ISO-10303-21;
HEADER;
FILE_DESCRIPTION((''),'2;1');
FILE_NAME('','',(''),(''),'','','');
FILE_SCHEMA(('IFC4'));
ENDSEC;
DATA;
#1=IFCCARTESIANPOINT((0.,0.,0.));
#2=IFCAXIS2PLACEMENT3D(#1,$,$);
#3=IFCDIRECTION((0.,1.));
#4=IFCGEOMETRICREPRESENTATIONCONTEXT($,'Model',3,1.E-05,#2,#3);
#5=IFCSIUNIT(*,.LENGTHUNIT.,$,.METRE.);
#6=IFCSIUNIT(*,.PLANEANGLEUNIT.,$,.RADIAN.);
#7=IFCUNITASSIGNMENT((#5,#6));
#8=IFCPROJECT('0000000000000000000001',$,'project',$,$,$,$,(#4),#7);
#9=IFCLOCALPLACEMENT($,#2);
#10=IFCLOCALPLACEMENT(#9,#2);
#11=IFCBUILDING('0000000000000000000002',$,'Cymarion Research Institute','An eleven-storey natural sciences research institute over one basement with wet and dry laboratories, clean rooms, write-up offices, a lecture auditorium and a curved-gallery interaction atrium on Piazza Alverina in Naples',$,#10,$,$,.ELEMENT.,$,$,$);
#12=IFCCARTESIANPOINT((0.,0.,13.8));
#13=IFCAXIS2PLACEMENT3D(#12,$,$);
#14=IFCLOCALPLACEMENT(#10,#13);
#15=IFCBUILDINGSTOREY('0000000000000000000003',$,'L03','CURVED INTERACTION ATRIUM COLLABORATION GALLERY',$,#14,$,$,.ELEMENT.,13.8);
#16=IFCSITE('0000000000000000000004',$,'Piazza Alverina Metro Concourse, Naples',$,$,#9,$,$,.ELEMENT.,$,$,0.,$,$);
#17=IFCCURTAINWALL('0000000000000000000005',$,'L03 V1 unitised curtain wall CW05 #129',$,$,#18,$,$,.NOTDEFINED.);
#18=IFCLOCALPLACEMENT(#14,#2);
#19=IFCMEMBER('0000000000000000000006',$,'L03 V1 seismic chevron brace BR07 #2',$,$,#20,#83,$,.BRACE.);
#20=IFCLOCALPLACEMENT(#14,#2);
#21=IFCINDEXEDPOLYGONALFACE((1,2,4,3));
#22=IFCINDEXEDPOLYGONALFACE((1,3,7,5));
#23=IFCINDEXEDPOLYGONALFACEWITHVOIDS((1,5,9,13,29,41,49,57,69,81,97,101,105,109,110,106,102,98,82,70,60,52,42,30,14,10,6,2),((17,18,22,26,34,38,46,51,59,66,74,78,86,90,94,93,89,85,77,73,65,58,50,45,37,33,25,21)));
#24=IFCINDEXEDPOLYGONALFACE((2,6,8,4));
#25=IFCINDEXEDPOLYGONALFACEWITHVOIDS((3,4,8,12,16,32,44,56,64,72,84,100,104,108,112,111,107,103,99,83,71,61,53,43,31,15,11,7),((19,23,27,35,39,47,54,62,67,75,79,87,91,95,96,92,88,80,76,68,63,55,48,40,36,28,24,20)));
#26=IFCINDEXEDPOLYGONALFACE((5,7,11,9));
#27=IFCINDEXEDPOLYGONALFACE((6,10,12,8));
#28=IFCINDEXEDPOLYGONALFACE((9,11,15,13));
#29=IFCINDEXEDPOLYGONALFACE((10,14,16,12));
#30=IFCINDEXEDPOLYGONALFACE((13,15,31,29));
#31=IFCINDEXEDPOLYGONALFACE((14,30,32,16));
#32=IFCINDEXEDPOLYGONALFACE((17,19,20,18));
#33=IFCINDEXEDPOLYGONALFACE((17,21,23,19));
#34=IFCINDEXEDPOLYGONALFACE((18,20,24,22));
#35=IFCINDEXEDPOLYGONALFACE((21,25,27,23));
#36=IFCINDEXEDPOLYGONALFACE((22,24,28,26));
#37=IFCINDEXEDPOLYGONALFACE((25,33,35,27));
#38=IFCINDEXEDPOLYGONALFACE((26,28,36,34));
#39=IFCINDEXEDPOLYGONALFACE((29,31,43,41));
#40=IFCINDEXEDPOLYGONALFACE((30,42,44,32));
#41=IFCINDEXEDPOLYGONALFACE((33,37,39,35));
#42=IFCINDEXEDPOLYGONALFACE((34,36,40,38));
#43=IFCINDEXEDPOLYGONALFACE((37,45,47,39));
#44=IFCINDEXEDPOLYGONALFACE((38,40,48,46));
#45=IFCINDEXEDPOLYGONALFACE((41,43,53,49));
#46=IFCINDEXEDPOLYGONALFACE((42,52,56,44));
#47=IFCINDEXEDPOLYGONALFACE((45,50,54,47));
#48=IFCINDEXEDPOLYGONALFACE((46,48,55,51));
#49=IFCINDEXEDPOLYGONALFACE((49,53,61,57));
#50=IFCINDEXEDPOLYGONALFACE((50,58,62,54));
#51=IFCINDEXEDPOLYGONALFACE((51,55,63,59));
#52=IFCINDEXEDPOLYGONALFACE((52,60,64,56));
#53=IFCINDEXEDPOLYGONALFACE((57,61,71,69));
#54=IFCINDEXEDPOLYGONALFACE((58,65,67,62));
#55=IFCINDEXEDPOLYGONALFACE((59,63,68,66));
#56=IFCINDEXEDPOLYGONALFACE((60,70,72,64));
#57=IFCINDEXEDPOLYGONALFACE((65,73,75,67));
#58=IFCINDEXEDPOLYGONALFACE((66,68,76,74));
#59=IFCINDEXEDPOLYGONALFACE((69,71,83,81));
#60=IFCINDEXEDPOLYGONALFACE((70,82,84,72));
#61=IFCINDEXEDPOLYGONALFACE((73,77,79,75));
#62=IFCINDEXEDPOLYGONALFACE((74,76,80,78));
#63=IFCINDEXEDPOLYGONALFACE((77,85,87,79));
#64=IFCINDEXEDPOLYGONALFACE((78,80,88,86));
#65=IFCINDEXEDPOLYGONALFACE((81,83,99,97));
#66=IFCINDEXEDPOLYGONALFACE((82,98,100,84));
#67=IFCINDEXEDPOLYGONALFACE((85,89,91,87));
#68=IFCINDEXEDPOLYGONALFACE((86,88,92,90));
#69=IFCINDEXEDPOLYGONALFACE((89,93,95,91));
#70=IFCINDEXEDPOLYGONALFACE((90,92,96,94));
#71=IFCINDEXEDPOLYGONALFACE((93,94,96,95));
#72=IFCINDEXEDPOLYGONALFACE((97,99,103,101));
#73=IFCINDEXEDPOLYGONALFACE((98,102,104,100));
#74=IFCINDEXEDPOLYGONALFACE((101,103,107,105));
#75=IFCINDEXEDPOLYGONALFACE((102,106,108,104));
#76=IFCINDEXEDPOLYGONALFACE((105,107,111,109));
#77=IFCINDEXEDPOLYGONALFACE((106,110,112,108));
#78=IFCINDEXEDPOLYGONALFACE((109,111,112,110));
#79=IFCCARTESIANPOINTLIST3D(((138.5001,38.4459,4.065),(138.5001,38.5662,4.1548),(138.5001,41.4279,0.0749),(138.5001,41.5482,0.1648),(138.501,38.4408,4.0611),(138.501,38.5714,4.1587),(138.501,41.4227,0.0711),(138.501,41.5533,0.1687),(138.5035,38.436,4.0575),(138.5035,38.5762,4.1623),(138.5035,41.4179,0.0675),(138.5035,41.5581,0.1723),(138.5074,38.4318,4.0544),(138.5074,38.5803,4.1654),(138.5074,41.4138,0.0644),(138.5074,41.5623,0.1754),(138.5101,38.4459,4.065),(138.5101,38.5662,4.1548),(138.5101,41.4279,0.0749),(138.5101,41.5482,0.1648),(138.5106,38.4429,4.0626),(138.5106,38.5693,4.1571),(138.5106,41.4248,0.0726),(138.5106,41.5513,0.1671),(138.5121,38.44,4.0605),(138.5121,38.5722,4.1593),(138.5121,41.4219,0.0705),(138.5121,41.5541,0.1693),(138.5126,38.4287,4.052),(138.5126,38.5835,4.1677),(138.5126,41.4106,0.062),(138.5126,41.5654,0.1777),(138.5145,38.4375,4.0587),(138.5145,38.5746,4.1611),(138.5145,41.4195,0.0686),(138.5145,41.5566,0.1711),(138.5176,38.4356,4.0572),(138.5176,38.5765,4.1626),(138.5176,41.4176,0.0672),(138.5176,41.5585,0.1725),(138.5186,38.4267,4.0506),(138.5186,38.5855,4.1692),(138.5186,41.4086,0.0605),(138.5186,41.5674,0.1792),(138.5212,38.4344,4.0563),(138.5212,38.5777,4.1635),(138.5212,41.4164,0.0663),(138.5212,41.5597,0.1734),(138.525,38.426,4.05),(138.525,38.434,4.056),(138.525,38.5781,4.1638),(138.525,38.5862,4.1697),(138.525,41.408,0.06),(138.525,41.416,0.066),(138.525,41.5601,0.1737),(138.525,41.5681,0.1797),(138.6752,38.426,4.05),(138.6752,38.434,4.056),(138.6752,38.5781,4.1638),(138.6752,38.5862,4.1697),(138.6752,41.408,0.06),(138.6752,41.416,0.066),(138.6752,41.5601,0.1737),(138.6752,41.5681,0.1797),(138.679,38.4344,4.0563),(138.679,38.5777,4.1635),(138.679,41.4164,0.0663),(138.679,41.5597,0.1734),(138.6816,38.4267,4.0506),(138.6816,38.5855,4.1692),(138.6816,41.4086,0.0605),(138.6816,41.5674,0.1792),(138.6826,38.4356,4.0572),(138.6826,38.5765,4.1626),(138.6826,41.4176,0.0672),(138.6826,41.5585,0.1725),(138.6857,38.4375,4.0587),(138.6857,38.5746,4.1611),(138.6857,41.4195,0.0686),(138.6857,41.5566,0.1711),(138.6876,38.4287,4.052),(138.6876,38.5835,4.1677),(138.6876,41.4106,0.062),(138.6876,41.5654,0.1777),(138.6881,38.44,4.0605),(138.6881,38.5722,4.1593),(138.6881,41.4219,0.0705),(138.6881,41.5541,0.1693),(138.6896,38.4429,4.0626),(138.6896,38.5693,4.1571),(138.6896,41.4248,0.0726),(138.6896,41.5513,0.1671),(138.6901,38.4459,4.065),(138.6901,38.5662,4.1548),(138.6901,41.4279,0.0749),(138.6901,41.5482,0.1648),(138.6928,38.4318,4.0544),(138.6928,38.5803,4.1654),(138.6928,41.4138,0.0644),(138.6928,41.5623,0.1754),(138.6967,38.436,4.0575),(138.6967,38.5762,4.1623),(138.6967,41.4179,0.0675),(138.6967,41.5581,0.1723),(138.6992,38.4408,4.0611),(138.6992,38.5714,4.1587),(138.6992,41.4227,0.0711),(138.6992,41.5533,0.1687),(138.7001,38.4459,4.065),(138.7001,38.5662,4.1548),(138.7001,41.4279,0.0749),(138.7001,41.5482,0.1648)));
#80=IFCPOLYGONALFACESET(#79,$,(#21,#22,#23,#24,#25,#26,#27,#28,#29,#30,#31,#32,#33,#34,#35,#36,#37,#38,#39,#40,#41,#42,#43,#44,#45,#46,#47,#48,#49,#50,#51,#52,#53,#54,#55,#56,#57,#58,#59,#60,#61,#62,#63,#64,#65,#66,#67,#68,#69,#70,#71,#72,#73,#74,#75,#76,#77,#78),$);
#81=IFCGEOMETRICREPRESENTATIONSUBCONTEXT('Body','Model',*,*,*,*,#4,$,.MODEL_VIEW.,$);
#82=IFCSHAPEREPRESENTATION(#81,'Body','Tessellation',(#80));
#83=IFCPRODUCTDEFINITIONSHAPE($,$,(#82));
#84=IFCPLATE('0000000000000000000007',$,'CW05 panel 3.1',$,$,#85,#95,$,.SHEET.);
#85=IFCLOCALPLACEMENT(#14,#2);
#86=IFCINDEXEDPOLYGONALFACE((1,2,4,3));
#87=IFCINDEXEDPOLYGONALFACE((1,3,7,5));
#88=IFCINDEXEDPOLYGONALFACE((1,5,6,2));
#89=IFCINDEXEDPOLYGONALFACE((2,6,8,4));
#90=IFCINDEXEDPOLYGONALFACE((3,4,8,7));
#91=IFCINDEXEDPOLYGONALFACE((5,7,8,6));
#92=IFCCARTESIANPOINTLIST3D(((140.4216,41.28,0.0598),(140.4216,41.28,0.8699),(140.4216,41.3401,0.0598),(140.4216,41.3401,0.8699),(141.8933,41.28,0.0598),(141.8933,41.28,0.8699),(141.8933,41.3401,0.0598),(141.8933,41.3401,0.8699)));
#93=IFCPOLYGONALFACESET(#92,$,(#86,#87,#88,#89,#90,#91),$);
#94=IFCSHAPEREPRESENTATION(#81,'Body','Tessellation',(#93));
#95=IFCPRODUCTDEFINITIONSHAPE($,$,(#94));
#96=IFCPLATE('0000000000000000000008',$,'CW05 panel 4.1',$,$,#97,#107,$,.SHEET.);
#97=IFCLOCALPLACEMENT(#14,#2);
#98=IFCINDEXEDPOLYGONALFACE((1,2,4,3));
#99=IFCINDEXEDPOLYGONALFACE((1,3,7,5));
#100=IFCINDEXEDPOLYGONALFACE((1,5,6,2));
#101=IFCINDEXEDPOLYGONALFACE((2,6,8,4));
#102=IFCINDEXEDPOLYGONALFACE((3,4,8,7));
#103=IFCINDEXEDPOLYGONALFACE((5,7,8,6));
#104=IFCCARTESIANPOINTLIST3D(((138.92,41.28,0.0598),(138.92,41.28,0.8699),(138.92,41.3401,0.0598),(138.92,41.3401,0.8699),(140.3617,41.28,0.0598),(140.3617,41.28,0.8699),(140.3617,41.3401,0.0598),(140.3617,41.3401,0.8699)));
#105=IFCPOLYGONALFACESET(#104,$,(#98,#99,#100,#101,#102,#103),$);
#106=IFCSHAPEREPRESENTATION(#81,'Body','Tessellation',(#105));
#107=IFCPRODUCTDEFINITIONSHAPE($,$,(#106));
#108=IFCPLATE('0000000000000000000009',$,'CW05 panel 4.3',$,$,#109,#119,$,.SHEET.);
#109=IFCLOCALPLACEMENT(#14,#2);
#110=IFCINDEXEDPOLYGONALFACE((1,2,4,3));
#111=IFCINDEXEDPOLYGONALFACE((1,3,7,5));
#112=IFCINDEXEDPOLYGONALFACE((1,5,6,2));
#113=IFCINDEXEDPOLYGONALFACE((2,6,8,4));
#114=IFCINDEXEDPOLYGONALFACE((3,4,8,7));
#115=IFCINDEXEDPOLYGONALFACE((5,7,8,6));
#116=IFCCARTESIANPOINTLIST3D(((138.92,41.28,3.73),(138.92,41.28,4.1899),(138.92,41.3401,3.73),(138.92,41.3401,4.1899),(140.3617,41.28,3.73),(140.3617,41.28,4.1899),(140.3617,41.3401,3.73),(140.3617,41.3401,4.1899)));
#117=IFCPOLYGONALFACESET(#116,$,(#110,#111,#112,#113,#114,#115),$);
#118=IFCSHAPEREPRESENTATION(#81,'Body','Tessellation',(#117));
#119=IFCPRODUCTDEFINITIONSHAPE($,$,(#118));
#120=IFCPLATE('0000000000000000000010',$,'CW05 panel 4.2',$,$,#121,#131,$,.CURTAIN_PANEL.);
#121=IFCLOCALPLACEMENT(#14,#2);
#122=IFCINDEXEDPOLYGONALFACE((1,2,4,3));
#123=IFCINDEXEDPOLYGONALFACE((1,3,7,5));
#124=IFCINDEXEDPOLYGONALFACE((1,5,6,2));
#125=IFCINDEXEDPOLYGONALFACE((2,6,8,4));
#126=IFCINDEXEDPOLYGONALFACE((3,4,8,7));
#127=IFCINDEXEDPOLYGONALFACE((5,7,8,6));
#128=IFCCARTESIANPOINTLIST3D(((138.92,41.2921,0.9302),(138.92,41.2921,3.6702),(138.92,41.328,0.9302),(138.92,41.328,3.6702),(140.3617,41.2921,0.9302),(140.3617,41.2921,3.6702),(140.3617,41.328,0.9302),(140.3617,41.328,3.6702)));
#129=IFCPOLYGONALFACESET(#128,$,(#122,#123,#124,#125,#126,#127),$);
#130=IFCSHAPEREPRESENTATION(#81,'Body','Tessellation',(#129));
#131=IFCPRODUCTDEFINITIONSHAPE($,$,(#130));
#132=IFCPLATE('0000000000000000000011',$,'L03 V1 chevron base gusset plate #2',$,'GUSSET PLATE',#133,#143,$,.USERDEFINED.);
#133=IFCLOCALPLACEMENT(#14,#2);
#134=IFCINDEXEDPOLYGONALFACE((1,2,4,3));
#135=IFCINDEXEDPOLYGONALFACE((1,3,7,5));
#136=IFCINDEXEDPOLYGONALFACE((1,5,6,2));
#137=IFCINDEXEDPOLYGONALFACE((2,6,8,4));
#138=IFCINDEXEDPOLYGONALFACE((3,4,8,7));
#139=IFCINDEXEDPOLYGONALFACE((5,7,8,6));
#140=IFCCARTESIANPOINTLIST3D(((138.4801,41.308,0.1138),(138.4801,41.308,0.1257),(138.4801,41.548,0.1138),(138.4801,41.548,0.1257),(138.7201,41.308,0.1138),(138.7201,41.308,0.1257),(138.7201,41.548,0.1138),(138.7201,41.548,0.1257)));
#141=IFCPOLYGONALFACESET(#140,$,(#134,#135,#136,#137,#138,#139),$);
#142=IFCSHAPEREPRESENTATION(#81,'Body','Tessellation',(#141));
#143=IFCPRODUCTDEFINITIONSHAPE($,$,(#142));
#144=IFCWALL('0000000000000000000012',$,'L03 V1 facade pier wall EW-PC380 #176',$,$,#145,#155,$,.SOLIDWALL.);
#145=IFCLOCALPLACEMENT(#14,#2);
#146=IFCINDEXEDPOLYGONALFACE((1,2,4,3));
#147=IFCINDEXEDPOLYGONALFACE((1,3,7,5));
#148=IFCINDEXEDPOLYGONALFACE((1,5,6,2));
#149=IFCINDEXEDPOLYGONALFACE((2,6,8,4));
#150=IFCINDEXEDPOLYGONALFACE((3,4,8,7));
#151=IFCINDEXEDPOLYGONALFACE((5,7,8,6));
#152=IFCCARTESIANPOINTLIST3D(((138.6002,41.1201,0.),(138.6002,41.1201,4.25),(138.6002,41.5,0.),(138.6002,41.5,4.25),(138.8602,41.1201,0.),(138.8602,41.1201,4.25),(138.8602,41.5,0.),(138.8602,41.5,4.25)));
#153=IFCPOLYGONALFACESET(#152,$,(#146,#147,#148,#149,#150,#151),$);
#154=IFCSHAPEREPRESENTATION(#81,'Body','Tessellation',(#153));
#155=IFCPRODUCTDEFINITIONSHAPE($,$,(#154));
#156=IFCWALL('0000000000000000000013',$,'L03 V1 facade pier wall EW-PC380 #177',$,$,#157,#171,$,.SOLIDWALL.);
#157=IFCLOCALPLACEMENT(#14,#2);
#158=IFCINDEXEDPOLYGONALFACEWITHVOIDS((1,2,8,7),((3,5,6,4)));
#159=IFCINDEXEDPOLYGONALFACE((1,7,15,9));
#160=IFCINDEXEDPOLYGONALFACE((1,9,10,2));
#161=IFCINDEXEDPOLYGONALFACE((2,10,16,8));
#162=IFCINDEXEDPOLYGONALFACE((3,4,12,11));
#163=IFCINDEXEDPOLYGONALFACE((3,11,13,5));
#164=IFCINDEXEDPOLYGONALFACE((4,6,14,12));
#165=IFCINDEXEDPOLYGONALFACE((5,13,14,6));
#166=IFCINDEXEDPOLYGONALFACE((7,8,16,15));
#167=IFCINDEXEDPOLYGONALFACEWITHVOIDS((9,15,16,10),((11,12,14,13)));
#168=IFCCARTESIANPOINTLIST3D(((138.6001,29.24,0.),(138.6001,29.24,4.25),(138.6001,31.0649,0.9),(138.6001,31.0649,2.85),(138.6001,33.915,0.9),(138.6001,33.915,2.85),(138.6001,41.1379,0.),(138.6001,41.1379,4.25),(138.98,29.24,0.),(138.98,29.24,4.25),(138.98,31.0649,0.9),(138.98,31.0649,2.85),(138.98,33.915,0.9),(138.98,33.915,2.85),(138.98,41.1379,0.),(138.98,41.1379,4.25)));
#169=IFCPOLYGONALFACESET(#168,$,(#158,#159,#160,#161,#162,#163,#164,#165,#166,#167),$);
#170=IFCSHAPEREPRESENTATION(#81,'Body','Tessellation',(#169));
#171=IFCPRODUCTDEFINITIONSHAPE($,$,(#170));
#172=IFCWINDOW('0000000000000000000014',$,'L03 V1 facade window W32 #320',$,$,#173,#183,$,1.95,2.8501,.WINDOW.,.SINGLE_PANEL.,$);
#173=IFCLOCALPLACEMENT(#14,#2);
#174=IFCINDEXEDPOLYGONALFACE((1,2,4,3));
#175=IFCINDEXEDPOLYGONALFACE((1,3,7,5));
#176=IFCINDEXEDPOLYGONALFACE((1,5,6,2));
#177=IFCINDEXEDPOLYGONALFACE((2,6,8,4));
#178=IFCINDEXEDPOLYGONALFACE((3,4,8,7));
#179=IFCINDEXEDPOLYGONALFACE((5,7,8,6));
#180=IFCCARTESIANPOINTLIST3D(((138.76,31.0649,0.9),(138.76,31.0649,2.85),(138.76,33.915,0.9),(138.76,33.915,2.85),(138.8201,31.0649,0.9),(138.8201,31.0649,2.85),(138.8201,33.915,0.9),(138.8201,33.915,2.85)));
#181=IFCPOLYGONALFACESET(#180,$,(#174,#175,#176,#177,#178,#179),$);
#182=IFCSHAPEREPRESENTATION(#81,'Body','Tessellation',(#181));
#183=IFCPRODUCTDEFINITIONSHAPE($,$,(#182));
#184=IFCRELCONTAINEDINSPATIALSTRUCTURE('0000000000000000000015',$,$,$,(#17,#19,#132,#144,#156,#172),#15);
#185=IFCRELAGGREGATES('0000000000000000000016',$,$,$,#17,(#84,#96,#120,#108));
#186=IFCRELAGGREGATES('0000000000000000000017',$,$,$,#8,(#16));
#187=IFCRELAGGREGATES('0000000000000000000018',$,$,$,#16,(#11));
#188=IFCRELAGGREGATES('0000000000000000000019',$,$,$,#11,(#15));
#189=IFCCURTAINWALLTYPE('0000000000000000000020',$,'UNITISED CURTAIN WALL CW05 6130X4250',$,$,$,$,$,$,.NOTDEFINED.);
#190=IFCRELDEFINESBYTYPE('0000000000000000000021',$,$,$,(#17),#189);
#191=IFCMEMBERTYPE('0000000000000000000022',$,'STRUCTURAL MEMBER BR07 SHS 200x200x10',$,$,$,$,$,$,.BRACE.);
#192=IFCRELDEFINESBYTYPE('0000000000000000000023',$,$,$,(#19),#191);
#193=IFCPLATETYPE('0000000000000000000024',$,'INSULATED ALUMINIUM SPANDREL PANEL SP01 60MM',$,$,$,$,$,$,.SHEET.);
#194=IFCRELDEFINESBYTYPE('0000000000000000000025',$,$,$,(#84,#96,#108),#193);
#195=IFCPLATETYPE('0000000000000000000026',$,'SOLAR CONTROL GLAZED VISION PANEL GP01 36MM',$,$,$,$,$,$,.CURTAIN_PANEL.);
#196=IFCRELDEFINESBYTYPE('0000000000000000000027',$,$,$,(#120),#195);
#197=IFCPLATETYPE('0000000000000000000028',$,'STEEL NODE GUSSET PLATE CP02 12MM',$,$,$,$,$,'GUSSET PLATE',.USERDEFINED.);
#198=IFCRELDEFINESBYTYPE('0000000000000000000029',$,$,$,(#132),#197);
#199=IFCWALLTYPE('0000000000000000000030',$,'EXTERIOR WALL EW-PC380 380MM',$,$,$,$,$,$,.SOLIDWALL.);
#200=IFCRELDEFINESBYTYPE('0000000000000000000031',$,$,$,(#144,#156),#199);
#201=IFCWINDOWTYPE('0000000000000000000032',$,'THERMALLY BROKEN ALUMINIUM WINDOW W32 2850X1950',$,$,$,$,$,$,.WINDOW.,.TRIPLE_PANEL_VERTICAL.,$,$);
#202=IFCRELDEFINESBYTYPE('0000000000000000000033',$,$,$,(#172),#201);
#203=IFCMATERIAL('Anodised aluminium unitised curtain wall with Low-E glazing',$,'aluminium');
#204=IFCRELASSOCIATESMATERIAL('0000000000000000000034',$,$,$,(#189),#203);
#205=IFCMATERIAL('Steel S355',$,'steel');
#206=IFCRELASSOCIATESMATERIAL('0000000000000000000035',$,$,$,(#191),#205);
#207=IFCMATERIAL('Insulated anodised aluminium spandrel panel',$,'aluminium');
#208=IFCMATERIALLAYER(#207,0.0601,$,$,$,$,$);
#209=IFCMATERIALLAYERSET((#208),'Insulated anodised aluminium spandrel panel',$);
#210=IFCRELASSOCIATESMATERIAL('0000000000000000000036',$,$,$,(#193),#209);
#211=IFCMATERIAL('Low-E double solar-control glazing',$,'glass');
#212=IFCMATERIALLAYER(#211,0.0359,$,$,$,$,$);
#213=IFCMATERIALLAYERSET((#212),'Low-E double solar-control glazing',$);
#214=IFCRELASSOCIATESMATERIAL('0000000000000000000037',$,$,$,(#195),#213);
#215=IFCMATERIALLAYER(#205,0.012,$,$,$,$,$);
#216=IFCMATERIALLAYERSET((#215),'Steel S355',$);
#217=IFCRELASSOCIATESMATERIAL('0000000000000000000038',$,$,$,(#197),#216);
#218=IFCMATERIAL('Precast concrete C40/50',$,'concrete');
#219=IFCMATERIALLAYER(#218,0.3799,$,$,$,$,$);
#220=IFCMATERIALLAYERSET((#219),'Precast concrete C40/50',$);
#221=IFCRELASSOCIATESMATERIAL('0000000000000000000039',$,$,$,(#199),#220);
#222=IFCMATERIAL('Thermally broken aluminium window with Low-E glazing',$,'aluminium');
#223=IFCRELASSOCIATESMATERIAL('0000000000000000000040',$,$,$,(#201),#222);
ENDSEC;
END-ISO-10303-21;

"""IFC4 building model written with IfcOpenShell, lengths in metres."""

from ifc_helpers import new_model, si_unit, direction, frame, frame_2d, origin, origin_2d, place, context, subcontext, project, spatial, rectangle, hollow_rectangle, extrude, material, layer, layer_set, material_profile, profile_set, type_object, element, fill, aggregate, save


model = new_model("IFC4")

# Units and contexts
model_context = context("Model", 3, precision=1e-05, world=origin(), true_north=direction((0.0, 1.0)))
body_context = subcontext(model_context, "Body", "Model", "MODEL_VIEW")
ifc_project = project(units=[si_unit("LENGTHUNIT", "METRE"), si_unit("PLANEANGLEUNIT", "RADIAN")], contexts=[model_context])

# Site, building, storey
site_placement = place(None, origin())
site = spatial("IfcSite", under=ifc_project, at=site_placement, Name="Piazza Alverina Metro Concourse, Naples", CompositionType="ELEMENT", RefElevation=0.0)
building_placement = place(site_placement, origin())
building = spatial("IfcBuilding", under=site, at=building_placement, Name="Cymarion Research Institute", Description="An eleven-storey natural sciences research institute over one basement with wet and dry laboratories, clean rooms, write-up offices, a lecture auditorium and a curved-gallery interaction atrium on Piazza Alverina in Naples", CompositionType="ELEMENT")
storey_placement = place(building_placement, frame((0.0, 0.0, 13.8)))
storey = spatial("IfcBuildingStorey", under=building, at=storey_placement, Name="L03", Description="CURVED INTERACTION ATRIUM COLLABORATION GALLERY", CompositionType="ELEMENT", Elevation=13.8)

# Shared definitions
ifc_material_1 = material(Name="Steel S355", Category="steel")

# Curtain wall
ifc_material_2 = material(Name="Anodised aluminium unitised curtain wall with Low-E glazing", Category="aluminium")
curtain_wall_type = type_object("IfcCurtainWallType", Name="UNITISED CURTAIN WALL CW05 6130X4250", PredefinedType="NOTDEFINED", material=ifc_material_2)
curtain_wall_placement = place(storey_placement, origin())
curtain_wall = element("IfcCurtainWall", 1, at=curtain_wall_placement, inside=storey, type_object=curtain_wall_type, Name="L03 V1 unitised curtain wall CW05 #129", PredefinedType="NOTDEFINED")

# Member
ifc_material_profile_1 = material_profile(ifc_material_1, hollow_rectangle(XDim=0.2, YDim=0.2, WallThickness=0.01, InnerFilletRadius=0.0149, OuterFilletRadius=0.0249, at=origin_2d()), Name="SHS 200x200x10")
ifc_profile_set_1 = profile_set([ifc_material_profile_1], Name="Steel S355")
member_type_1 = type_object("IfcMemberType", Name="STRUCTURAL MEMBER BR07 SHS 200x200x10", PredefinedType="BRACE", material=ifc_profile_set_1)
member_1_placement = place(storey_placement, frame((138.6001, 41.488, 0.1199), z_axis=(0.0, -0.598642, 0.801016), x_axis=(1.0, 0.0, 0.0)))
element("IfcMember", 2, at=member_1_placement, inside=storey, type_object=member_type_1, Name="L03 V1 seismic chevron brace BR07 #2", PredefinedType="BRACE", context=body_context, shape_type="SweptSolid", body=[
    extrude(hollow_rectangle(XDim=0.2, YDim=0.2, WallThickness=0.01, InnerFilletRadius=0.0149, OuterFilletRadius=0.0249, at=origin_2d()), origin(), (0.0, 0.0, 1.0), 4.9812),
])

# Plates
ifc_material_3 = material(Name="Insulated anodised aluminium spandrel panel", Category="aluminium")
ifc_layer_1 = layer(ifc_material_3, 0.0601)
ifc_layer_set_1 = layer_set([ifc_layer_1], Name="Insulated anodised aluminium spandrel panel")
plate_type_1 = type_object("IfcPlateType", Name="INSULATED ALUMINIUM SPANDREL PANEL SP01 60MM", PredefinedType="SHEET", material=ifc_layer_set_1)
plate_1_placement = place(storey_placement, frame((141.1575, 41.3101, 0.0598), z_axis=(0.0, 0.0, 1.0), x_axis=(-1.0, 0.0, 0.0)))
plate_1 = element("IfcPlate", 3, at=plate_1_placement, type_object=plate_type_1, Name="CW05 panel 3.1", PredefinedType="SHEET", context=body_context, shape_type="SweptSolid", body=[
    extrude(rectangle(XDim=1.4717, YDim=0.0601, at=origin_2d()), origin(), (0.0, 0.0, 1.0), 0.8101),
])
plate_2_placement = place(storey_placement, frame((139.6409, 41.3101, 0.0598), z_axis=(0.0, 0.0, 1.0), x_axis=(-1.0, 0.0, 0.0)))
plate_2 = element("IfcPlate", 4, at=plate_2_placement, type_object=plate_type_1, Name="CW05 panel 4.1", PredefinedType="SHEET", context=body_context, shape_type="SweptSolid", body=[
    extrude(rectangle(XDim=1.4417, YDim=0.0601, at=origin_2d()), origin(), (0.0, 0.0, 1.0), 0.8101),
])
plate_3_placement = place(storey_placement, frame((139.6409, 41.3101, 3.73), z_axis=(0.0, 0.0, 1.0), x_axis=(-1.0, 0.0, 0.0)))
plate_3 = element("IfcPlate", 5, at=plate_3_placement, type_object=plate_type_1, Name="CW05 panel 4.3", PredefinedType="SHEET", context=body_context, shape_type="SweptSolid", body=[
    extrude(rectangle(XDim=1.4417, YDim=0.0601, at=origin_2d()), origin(), (0.0, 0.0, 1.0), 0.46),
])
ifc_material_4 = material(Name="Low-E double solar-control glazing", Category="glass")
ifc_layer_2 = layer(ifc_material_4, 0.0359)
ifc_layer_set_2 = layer_set([ifc_layer_2], Name="Low-E double solar-control glazing")
plate_type_2 = type_object("IfcPlateType", Name="SOLAR CONTROL GLAZED VISION PANEL GP01 36MM", PredefinedType="CURTAIN_PANEL", material=ifc_layer_set_2)
plate_4_placement = place(storey_placement, frame((139.6409, 41.3101, 0.9302), z_axis=(0.0, 0.0, 1.0), x_axis=(-1.0, 0.0, 0.0)))
plate_4 = element("IfcPlate", 6, at=plate_4_placement, type_object=plate_type_2, Name="CW05 panel 4.2", PredefinedType="CURTAIN_PANEL", context=body_context, shape_type="SweptSolid", body=[
    extrude(rectangle(XDim=1.4417, YDim=0.0359, at=origin_2d()), origin(), (0.0, 0.0, 1.0), 2.74),
])
aggregate(curtain_wall, [plate_1, plate_2, plate_4, plate_3])
ifc_layer_3 = layer(ifc_material_1, 0.012)
ifc_layer_set_3 = layer_set([ifc_layer_3], Name="Steel S355")
plate_type_3 = type_object("IfcPlateType", Name="STEEL NODE GUSSET PLATE CP02 12MM", ElementType="GUSSET PLATE", PredefinedType="USERDEFINED", material=ifc_layer_set_3)
plate_5_placement = place(storey_placement, frame((138.6001, 41.428, 0.1138), z_axis=(0.0, 0.0, 1.0), x_axis=(1.0, 0.0, 0.0)))
element("IfcPlate", 7, at=plate_5_placement, inside=storey, type_object=plate_type_3, Name="L03 V1 chevron base gusset plate #2", ObjectType="GUSSET PLATE", PredefinedType="USERDEFINED", context=body_context, shape_type="SweptSolid", body=[
    extrude(rectangle(XDim=0.24, YDim=0.24, at=origin_2d()), origin(), (0.0, 0.0, 1.0), 0.012),
])

# Wall
ifc_material_5 = material(Name="Precast concrete C40/50", Category="concrete")
ifc_layer_4 = layer(ifc_material_5, 0.3799)
ifc_layer_set_4 = layer_set([ifc_layer_4], Name="Precast concrete C40/50")
wall_type = type_object("IfcWallType", Name="EXTERIOR WALL EW-PC380 380MM", PredefinedType="SOLIDWALL", material=ifc_layer_set_4)
wall_1_placement = place(storey_placement, frame((138.8601, 41.3101, 0.0), z_axis=(0.0, 0.0, 1.0), x_axis=(-1.0, 0.0, 0.0)))
element("IfcWall", 8, at=wall_1_placement, inside=storey, type_object=wall_type, Name="L03 V1 facade pier wall EW-PC380 #176", PredefinedType="SOLIDWALL", context=body_context, shape_type="SweptSolid", body=[
    extrude(rectangle(XDim=0.26, YDim=0.3799, at=frame_2d((0.1299, 0.0))), origin(), (0.0, 0.0, 1.0), 4.25),
])

# Wall, opening, window
wall_2_placement = place(storey_placement, frame((138.79, 41.1379, 0.0), z_axis=(0.0, 0.0, 1.0), x_axis=(0.0, -1.0, 0.0)))
wall_2 = element("IfcWall", 9, at=wall_2_placement, inside=storey, type_object=wall_type, Name="L03 V1 facade pier wall EW-PC380 #177", PredefinedType="SOLIDWALL", context=body_context, shape_type="SweptSolid", body=[
    extrude(rectangle(XDim=11.8979, YDim=0.3799, at=frame_2d((5.949, 0.0))), origin(), (0.0, 0.0, 1.0), 4.25),
])
opening_placement = place(wall_2_placement, frame((7.2229, 0.0, 0.8999)))
opening = element("IfcOpeningElement", 10, at=opening_placement, cuts=wall_2, PredefinedType="OPENING", context=body_context, shape_type="SweptSolid", body=[
    extrude(rectangle(XDim=2.8501, YDim=1.95, at=frame_2d((1.425, 0.9751))), frame((0.0, 0.2, 0.0), z_axis=(0.0, -1.0, 0.0), x_axis=(1.0, 0.0, 0.0)), (0.0, 0.0, 1.0), 0.3999),
])
ifc_material_6 = material(Name="Thermally broken aluminium window with Low-E glazing", Category="aluminium")
window_type = type_object("IfcWindowType", Name="THERMALLY BROKEN ALUMINIUM WINDOW W32 2850X1950", PartitioningType="TRIPLE_PANEL_VERTICAL", PredefinedType="WINDOW", material=ifc_material_6)
window_placement = place(opening_placement, origin())
window = element("IfcWindow", 11, at=window_placement, inside=storey, type_object=window_type, Name="L03 V1 facade window W32 #320", OverallHeight=1.95, OverallWidth=2.8501, PartitioningType="SINGLE_PANEL", PredefinedType="WINDOW", context=body_context, shape_type="SweptSolid", body=[
    extrude(rectangle(XDim=2.8501, YDim=1.95, at=frame_2d((1.425, 0.9751))), frame((0.0, 0.03, 0.0), z_axis=(0.0, -1.0, 0.0), x_axis=(1.0, 0.0, 0.0)), (0.0, 0.0, 1.0), 0.0601),
])
fill(opening, window)

save(model, "model.ifc")
